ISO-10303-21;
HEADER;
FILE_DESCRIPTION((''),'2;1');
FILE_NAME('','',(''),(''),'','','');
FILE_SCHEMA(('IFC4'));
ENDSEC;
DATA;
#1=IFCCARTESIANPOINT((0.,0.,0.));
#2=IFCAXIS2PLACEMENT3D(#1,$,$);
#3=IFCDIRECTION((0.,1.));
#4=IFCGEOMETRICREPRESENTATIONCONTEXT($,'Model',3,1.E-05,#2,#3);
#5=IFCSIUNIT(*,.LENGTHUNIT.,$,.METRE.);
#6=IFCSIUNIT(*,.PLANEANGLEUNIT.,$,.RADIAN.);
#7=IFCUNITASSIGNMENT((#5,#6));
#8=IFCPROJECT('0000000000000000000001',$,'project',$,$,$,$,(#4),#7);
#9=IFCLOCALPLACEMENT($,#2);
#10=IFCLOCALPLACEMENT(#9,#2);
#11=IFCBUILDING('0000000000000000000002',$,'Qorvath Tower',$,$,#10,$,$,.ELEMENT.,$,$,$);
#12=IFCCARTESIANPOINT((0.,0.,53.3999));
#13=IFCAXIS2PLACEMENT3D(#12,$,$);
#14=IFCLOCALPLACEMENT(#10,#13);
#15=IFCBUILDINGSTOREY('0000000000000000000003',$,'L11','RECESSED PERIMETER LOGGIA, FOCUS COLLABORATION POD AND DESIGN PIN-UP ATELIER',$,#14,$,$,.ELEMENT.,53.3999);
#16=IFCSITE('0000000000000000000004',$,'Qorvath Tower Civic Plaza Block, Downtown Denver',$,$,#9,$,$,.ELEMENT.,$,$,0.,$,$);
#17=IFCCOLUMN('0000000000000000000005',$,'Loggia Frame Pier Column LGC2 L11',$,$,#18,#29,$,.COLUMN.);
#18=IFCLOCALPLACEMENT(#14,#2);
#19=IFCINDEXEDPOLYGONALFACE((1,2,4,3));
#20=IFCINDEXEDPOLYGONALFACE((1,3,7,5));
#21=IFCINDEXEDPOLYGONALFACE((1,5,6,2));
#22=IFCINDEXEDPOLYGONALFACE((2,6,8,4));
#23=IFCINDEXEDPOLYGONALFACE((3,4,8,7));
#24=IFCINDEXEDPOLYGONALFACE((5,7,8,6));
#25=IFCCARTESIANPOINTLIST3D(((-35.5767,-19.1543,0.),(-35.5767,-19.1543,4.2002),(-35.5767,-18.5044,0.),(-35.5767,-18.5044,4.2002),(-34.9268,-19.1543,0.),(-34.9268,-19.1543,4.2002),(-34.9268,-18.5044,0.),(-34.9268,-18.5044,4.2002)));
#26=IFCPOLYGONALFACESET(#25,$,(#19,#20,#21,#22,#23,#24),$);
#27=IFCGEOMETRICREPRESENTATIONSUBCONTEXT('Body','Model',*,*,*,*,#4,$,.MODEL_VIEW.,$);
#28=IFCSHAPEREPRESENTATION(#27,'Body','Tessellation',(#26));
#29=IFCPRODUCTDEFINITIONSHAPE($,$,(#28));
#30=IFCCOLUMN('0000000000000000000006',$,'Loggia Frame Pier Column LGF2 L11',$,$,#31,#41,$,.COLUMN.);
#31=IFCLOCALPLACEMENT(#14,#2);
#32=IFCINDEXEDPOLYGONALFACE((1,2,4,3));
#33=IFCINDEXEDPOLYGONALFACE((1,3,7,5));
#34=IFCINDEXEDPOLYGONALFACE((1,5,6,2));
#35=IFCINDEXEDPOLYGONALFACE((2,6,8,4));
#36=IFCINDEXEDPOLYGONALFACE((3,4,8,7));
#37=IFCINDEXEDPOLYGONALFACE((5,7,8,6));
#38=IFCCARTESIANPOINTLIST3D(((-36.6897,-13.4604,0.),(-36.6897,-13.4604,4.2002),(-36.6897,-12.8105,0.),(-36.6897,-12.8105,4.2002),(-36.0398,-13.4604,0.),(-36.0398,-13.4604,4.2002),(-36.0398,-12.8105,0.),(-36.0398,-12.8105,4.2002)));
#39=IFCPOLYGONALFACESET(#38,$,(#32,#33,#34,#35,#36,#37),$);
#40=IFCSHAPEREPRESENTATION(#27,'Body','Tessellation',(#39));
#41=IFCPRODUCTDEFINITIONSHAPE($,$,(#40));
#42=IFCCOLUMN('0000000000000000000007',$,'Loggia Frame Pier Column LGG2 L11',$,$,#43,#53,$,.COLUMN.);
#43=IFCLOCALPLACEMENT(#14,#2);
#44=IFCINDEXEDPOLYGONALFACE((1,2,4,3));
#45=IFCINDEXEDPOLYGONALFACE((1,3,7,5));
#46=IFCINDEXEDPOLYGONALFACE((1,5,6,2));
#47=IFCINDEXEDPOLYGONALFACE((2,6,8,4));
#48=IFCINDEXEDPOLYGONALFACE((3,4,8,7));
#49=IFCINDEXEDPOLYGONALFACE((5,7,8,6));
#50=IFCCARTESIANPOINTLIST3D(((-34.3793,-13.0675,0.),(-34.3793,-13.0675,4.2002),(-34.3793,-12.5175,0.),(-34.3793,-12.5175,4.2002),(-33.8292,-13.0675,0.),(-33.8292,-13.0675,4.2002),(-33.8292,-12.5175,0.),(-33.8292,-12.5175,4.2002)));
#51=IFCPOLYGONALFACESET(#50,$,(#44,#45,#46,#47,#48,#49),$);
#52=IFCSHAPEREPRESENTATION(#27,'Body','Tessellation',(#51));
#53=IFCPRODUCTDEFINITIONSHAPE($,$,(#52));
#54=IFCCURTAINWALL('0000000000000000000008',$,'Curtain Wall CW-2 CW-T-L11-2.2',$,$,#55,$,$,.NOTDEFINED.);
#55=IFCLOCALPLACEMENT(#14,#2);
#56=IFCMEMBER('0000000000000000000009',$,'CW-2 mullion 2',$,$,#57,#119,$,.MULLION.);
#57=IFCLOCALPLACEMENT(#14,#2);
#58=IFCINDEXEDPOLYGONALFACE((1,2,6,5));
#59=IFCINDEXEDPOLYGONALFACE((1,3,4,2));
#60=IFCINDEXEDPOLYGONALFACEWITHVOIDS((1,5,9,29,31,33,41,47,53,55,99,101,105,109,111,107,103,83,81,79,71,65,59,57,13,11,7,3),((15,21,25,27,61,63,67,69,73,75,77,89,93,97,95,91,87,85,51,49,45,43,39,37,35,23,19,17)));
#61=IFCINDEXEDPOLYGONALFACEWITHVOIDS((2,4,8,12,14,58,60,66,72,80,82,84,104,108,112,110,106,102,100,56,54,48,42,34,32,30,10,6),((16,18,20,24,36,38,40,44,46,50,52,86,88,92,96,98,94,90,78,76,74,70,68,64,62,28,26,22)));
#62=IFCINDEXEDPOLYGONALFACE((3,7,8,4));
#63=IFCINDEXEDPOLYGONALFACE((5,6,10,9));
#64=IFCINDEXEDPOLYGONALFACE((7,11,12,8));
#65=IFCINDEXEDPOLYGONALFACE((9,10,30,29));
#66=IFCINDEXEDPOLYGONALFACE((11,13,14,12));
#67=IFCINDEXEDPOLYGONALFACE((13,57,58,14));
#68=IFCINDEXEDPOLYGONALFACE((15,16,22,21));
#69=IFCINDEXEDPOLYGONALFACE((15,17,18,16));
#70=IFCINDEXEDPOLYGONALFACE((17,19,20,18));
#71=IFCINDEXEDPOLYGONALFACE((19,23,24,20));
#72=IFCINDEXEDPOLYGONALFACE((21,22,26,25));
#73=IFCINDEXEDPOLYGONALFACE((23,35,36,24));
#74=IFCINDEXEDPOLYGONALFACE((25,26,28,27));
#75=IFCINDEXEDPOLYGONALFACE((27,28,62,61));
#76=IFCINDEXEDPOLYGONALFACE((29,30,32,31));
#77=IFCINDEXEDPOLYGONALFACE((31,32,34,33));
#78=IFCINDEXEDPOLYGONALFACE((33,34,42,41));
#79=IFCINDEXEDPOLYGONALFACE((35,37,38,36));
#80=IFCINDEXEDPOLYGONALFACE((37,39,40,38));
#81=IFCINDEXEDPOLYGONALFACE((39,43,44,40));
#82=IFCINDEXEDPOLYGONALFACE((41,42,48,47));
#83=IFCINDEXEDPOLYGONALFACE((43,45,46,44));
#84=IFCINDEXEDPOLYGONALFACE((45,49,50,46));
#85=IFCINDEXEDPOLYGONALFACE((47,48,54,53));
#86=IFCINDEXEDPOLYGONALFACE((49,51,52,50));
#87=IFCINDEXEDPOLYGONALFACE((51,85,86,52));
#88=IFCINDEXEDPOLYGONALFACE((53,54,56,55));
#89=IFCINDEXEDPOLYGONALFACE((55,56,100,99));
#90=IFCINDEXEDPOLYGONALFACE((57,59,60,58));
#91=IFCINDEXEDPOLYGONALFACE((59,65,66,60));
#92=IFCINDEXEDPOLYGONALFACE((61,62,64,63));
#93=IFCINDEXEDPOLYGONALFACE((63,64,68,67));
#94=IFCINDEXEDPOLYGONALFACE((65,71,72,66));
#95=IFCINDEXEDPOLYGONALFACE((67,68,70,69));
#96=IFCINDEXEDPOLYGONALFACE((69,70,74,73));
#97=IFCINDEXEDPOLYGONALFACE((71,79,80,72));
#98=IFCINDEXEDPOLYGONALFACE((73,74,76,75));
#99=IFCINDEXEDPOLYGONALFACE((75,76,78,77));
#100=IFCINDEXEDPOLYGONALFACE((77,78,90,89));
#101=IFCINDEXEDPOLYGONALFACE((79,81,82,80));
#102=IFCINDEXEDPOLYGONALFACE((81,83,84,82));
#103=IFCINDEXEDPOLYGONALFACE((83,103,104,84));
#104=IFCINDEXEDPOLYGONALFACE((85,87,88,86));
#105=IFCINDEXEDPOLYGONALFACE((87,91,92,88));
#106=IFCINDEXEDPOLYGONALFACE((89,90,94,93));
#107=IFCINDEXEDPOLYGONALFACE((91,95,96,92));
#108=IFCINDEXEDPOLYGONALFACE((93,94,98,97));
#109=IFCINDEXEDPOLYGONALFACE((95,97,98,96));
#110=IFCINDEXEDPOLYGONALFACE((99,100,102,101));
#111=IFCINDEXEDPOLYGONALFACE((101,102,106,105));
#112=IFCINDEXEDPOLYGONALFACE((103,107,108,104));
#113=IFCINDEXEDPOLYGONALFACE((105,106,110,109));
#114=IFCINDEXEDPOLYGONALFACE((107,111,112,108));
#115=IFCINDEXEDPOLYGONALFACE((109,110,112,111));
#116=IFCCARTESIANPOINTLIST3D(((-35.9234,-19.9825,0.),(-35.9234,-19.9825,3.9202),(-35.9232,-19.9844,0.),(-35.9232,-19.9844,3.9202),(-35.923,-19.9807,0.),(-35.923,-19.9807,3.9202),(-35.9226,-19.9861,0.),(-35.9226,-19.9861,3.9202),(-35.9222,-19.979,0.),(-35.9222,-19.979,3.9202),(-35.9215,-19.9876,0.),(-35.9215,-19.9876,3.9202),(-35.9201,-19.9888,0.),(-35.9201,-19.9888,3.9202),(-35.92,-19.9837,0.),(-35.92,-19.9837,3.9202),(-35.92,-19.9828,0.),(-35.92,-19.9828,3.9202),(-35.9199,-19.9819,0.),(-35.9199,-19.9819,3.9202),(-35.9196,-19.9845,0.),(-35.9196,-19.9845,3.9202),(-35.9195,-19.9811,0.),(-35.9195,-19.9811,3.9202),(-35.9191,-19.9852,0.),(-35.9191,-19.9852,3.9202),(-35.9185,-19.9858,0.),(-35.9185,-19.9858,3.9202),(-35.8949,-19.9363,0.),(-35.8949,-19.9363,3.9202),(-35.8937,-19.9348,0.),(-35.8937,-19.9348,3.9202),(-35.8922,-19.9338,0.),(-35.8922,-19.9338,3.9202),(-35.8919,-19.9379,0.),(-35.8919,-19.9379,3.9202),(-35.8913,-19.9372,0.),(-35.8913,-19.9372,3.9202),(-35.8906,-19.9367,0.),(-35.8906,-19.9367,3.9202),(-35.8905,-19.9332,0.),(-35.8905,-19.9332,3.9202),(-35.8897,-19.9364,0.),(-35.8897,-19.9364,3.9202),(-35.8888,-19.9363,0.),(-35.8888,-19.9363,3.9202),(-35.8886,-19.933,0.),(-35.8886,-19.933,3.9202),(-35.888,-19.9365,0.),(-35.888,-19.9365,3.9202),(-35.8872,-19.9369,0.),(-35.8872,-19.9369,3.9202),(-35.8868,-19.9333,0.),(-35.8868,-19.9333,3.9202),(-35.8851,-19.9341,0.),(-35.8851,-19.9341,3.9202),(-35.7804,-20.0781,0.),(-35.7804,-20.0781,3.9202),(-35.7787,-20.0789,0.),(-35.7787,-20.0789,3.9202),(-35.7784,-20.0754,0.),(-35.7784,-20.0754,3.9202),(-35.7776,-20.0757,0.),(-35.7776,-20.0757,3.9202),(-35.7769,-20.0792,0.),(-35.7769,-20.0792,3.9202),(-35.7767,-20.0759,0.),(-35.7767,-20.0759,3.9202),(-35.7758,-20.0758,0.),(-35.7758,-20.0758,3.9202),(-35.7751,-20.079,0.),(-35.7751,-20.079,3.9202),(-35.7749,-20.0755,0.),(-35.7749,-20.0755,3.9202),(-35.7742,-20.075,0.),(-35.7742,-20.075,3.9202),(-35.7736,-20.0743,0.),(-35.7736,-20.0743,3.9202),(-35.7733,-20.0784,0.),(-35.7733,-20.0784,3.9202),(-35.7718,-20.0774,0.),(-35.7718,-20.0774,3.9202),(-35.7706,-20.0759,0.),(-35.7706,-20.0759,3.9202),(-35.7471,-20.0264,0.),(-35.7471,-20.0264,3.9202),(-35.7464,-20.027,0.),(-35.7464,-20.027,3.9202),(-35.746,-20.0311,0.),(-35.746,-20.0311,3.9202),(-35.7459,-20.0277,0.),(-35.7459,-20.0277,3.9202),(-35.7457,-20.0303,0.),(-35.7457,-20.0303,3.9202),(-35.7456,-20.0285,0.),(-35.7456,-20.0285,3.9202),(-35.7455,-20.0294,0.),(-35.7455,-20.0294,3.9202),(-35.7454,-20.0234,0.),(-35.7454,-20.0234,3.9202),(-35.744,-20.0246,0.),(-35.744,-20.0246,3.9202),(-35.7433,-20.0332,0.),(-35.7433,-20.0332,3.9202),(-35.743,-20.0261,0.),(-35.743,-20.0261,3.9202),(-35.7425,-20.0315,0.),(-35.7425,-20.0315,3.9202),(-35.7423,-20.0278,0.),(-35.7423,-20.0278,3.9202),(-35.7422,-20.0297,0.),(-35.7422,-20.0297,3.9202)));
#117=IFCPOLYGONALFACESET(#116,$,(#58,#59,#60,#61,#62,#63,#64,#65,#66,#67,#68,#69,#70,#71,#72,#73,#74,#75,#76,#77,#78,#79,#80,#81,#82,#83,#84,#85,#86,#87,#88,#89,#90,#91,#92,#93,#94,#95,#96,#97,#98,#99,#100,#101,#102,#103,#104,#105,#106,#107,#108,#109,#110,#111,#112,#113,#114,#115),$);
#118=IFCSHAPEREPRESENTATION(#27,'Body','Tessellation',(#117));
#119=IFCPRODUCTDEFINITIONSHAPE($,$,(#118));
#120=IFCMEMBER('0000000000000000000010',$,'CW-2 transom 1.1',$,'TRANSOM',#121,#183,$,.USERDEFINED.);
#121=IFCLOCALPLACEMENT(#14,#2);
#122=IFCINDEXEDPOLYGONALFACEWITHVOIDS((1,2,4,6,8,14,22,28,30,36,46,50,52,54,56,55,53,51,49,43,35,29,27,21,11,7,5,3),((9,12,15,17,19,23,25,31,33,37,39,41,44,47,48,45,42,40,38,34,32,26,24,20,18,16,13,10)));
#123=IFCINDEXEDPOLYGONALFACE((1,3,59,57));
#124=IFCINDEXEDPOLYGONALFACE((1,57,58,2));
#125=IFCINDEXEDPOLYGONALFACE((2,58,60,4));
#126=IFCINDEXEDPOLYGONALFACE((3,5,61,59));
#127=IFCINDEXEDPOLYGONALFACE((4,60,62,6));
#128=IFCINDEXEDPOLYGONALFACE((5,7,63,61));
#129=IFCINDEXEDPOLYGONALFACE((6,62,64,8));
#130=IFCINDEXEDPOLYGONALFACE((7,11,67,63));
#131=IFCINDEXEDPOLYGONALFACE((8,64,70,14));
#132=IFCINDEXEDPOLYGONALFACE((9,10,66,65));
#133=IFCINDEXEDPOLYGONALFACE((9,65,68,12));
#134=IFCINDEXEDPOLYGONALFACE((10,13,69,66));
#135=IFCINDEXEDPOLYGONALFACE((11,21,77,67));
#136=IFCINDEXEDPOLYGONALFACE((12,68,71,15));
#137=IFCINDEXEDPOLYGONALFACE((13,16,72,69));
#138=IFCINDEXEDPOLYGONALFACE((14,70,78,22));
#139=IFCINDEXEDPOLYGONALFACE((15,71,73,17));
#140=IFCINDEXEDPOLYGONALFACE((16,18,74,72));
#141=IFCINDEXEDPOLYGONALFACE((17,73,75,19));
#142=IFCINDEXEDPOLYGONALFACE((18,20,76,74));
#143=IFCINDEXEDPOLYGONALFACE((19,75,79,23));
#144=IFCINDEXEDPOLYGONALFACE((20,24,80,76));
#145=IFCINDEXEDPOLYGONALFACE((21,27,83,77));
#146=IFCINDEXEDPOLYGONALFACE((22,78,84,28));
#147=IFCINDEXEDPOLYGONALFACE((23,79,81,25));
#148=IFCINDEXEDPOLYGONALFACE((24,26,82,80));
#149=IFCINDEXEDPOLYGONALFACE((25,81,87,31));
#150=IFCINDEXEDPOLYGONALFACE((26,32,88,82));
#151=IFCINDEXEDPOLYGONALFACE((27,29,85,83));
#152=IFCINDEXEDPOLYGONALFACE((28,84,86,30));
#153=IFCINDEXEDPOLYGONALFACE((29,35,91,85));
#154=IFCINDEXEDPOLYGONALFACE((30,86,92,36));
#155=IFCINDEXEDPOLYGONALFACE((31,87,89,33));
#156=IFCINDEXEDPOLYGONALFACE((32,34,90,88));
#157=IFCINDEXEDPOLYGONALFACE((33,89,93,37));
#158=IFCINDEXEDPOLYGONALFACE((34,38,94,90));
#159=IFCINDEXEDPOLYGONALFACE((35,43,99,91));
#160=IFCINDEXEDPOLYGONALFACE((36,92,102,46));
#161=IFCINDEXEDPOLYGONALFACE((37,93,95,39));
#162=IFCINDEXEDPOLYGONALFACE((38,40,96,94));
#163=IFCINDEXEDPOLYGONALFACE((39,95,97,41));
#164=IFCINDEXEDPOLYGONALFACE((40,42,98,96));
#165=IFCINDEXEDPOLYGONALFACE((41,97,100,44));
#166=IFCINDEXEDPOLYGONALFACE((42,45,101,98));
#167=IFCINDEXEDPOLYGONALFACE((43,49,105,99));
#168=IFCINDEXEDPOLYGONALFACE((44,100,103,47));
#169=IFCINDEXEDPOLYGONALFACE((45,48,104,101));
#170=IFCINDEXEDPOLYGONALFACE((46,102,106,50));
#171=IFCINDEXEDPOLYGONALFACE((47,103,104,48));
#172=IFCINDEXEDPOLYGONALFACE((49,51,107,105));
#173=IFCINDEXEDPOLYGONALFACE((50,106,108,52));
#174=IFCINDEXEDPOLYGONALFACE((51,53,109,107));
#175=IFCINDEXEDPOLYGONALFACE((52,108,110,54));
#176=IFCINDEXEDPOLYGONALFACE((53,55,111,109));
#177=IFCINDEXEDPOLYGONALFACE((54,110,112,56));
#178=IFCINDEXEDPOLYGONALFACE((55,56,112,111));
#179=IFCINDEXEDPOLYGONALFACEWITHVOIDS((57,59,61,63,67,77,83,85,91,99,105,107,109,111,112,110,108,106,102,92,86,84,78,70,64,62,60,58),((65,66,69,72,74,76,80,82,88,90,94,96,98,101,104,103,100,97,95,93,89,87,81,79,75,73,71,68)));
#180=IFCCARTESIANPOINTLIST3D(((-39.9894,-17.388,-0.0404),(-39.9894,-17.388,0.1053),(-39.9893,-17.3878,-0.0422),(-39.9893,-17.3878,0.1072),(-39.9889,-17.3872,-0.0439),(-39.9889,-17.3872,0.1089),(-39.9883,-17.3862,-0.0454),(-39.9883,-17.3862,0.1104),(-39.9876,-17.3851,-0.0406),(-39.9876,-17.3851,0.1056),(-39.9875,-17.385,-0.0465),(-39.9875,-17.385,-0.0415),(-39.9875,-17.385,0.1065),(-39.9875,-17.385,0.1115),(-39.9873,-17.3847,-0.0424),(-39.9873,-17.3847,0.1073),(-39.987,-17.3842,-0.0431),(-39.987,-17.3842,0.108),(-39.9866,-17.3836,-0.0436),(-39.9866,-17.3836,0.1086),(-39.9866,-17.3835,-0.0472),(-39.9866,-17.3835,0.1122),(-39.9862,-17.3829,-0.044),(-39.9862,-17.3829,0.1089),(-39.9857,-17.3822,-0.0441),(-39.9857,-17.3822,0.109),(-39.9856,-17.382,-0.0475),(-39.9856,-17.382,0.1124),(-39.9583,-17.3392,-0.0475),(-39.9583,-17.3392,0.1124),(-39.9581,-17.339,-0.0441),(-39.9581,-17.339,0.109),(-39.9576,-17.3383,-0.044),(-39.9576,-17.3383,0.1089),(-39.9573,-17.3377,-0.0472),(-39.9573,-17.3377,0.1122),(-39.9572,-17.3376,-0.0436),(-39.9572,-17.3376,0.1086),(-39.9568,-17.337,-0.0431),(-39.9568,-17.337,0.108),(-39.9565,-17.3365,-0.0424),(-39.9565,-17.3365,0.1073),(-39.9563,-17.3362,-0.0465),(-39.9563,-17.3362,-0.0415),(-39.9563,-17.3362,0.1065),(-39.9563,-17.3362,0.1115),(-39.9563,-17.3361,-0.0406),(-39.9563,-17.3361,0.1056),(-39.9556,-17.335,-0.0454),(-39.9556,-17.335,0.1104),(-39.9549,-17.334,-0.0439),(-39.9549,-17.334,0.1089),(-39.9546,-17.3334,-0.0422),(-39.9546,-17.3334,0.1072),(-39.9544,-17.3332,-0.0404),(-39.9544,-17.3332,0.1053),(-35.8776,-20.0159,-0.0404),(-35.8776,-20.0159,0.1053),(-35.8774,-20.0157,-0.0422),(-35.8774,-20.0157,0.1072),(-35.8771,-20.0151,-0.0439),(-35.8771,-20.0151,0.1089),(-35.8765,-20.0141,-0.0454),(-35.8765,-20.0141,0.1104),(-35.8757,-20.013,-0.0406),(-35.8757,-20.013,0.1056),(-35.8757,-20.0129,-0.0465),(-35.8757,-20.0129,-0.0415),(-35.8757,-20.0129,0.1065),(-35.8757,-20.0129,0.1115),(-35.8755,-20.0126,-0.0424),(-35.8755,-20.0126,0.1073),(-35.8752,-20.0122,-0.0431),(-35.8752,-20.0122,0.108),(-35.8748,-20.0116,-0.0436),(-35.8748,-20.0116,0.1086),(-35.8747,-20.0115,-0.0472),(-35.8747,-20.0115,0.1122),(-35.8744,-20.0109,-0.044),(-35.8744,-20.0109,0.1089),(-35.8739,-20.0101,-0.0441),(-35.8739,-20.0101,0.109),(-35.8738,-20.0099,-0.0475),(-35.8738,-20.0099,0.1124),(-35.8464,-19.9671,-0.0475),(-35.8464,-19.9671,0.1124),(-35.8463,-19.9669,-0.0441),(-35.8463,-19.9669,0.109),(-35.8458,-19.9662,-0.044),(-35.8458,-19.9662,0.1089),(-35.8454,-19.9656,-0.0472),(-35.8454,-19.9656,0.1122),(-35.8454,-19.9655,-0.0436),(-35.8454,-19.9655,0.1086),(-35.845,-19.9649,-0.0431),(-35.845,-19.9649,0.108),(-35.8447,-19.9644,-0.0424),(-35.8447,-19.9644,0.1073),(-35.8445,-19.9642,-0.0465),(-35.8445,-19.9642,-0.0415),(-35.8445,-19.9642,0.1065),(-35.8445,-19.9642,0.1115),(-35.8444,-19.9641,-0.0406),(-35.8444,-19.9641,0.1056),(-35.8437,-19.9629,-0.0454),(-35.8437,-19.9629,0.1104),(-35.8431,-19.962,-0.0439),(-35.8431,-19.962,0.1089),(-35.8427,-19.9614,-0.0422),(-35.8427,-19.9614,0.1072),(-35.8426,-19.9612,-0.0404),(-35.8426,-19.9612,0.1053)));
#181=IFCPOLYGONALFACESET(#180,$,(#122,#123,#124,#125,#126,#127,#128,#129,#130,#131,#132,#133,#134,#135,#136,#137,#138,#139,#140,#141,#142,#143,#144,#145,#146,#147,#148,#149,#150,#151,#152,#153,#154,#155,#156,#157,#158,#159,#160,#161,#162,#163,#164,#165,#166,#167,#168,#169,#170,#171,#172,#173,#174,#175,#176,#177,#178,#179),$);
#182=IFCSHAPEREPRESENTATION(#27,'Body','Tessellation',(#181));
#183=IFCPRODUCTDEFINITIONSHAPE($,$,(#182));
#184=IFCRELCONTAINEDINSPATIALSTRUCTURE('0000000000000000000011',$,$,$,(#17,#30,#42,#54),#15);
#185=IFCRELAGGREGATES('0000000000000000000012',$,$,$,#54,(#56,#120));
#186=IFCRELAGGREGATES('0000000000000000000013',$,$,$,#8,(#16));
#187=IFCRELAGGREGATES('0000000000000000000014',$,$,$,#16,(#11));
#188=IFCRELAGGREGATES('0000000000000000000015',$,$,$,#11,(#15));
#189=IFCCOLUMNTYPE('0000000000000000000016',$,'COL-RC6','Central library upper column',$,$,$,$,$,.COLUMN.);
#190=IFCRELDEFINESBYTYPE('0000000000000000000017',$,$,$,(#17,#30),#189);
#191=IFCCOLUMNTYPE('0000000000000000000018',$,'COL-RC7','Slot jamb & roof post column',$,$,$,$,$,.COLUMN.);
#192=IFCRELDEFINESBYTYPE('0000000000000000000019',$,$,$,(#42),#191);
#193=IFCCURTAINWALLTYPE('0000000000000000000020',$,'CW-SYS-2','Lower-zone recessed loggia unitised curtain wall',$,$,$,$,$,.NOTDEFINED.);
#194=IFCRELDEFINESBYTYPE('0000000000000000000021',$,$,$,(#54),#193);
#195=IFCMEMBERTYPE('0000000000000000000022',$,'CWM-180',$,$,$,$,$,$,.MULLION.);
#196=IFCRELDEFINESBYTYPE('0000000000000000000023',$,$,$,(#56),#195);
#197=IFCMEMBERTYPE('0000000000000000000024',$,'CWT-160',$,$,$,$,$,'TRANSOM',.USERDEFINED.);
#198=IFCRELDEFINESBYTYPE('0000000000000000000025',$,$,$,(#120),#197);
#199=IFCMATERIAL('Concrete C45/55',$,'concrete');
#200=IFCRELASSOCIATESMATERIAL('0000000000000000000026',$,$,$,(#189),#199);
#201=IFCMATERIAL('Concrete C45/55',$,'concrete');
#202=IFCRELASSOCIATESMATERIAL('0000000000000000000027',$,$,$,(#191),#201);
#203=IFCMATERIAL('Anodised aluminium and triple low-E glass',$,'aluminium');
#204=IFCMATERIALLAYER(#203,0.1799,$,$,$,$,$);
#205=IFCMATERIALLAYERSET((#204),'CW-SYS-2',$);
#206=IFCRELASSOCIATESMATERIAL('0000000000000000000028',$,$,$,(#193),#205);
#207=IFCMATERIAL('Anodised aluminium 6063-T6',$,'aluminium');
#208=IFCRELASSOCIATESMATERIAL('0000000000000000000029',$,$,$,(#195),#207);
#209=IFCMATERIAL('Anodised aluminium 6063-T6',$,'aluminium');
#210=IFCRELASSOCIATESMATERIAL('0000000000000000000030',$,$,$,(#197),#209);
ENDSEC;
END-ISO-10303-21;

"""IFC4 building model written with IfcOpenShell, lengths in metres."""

from ifc_helpers import new_model, si_unit, direction, frame, origin, origin_2d, place, context, subcontext, project, spatial, rectangle, hollow_rectangle, extrude, material, layer, layer_set, material_profile, profile_set, type_object, element, aggregate, save


model = new_model("IFC4")

# Units and contexts
model_context = context("Model", 3, precision=1e-05, world=origin(), true_north=direction((0.0, 1.0)))
body_context = subcontext(model_context, "Body", "Model", "MODEL_VIEW")
ifc_project = project(units=[si_unit("LENGTHUNIT", "METRE"), si_unit("PLANEANGLEUNIT", "RADIAN")], contexts=[model_context])

# Site, building, storey
site_placement = place(None, origin())
site = spatial("IfcSite", under=ifc_project, at=site_placement, Name="Qorvath Tower Civic Plaza Block, Downtown Denver", CompositionType="ELEMENT", RefElevation=0.0)
building_placement = place(site_placement, origin())
building = spatial("IfcBuilding", under=site, at=building_placement, Name="Qorvath Tower", CompositionType="ELEMENT")
storey_placement = place(building_placement, frame((0.0, 0.0, 53.3999)))
storey = spatial("IfcBuildingStorey", under=building, at=storey_placement, Name="L11", Description="RECESSED PERIMETER LOGGIA, FOCUS COLLABORATION POD AND DESIGN PIN-UP ATELIER", CompositionType="ELEMENT", Elevation=53.3999)

# Columns
ifc_material_1 = material(Name="Concrete C45/55", Category="concrete")
ifc_material_profile_1 = material_profile(ifc_material_1, rectangle(XDim=0.6499, YDim=0.6499, at=origin_2d()), Name="RC 650x650")
ifc_profile_set_1 = profile_set([ifc_material_profile_1], Name="Concrete C45/55")
column_type_1 = type_object("IfcColumnType", Name="COL-RC6", Description="Central library upper column", PredefinedType="COLUMN", material=ifc_profile_set_1)
for number, where, z_axis, x_axis, name in (
    (1, (-35.2517, -18.8293, 0.0), (0.0, 0.0, 1.0), (1.0, 0.0, 0.0), "Loggia Frame Pier Column LGC2 L11"),
    (2, (-36.3647, -13.1355, 0.0), (0.0, 0.0, 1.0), (1.0, 0.0, 0.0), "Loggia Frame Pier Column LGF2 L11"),
):
    element("IfcColumn", number, at=place(storey_placement, frame(where, z_axis=z_axis, x_axis=x_axis)), inside=storey, type_object=column_type_1, Name=name, PredefinedType="COLUMN", context=body_context, shape_type="SweptSolid", body=[
        extrude(rectangle(XDim=0.6499, YDim=0.6499, at=origin_2d()), origin(), (0.0, 0.0, 1.0), 4.2002),
    ])
ifc_material_2 = material(Name="Concrete C45/55", Category="concrete")
ifc_material_profile_2 = material_profile(ifc_material_2, rectangle(XDim=0.55, YDim=0.55, at=origin_2d()), Name="RC 550x550")
ifc_profile_set_2 = profile_set([ifc_material_profile_2], Name="Concrete C45/55")
column_type_2 = type_object("IfcColumnType", Name="COL-RC7", Description="Slot jamb & roof post column", PredefinedType="COLUMN", material=ifc_profile_set_2)
column_placement = place(storey_placement, frame((-34.1042, -12.7925, 0.0), z_axis=(0.0, 0.0, 1.0), x_axis=(1.0, 0.0, 0.0)))
element("IfcColumn", 3, at=column_placement, inside=storey, type_object=column_type_2, Name="Loggia Frame Pier Column LGG2 L11", PredefinedType="COLUMN", context=body_context, shape_type="SweptSolid", body=[
    extrude(rectangle(XDim=0.55, YDim=0.55, at=origin_2d()), origin(), (0.0, 0.0, 1.0), 4.2002),
])

# Curtain wall, members
ifc_material_3 = material(Name="Anodised aluminium and triple low-E glass", Category="aluminium")
ifc_layer_1 = layer(ifc_material_3, 0.1799)
ifc_layer_set_1 = layer_set([ifc_layer_1], Name="CW-SYS-2")
curtain_wall_type = type_object("IfcCurtainWallType", Name="CW-SYS-2", Description="Lower-zone recessed loggia unitised curtain wall", PredefinedType="NOTDEFINED", material=ifc_layer_set_1)
curtain_wall_placement = place(storey_placement, origin())
curtain_wall = element("IfcCurtainWall", 4, at=curtain_wall_placement, inside=storey, type_object=curtain_wall_type, Name="Curtain Wall CW-2 CW-T-L11-2.2", PredefinedType="NOTDEFINED")
ifc_material_4 = material(Name="Anodised aluminium 6063-T6", Category="aluminium")
ifc_material_profile_3 = material_profile(ifc_material_4, hollow_rectangle(XDim=0.0649, YDim=0.1799, WallThickness=0.0034, InnerFilletRadius=0.0034, OuterFilletRadius=0.0071, at=origin_2d()), Name="CWM 180x65")
ifc_profile_set_3 = profile_set([ifc_material_profile_3], Name="Anodised aluminium 6063-T6")
member_type_1 = type_object("IfcMemberType", Name="CWM-180", PredefinedType="MULLION", material=ifc_profile_set_3)
member_1_placement = place(storey_placement, frame((-35.8328, -20.0061, 0.0), z_axis=(0.0, 0.0, 1.0), x_axis=(0.538537, 0.842602, 0.0)))
member_1 = element("IfcMember", 5, at=member_1_placement, type_object=member_type_1, Name="CW-2 mullion 2", PredefinedType="MULLION", context=body_context, shape_type="SweptSolid", body=[
    extrude(hollow_rectangle(XDim=0.0649, YDim=0.1799, WallThickness=0.0034, InnerFilletRadius=0.0034, OuterFilletRadius=0.0071, at=origin_2d()), origin(), (0.0, 0.0, 1.0), 3.9202),
])
ifc_material_5 = material(Name="Anodised aluminium 6063-T6", Category="aluminium")
ifc_material_profile_4 = material_profile(ifc_material_5, hollow_rectangle(XDim=0.0649, YDim=0.1599, WallThickness=0.0034, InnerFilletRadius=0.0034, OuterFilletRadius=0.0071, at=origin_2d()), Name="CWT 160x65")
ifc_profile_set_4 = profile_set([ifc_material_profile_4], Name="Anodised aluminium 6063-T6")
member_type_2 = type_object("IfcMemberType", Name="CWT-160", ElementType="TRANSOM", PredefinedType="USERDEFINED", material=ifc_profile_set_4)
member_2_placement = place(storey_placement, frame((-39.9719, -17.3606, 0.0325), z_axis=(0.842609, -0.538525, 0.0), x_axis=(0.538525, 0.842609, 0.0)))
member_2 = element("IfcMember", 6, at=member_2_placement, type_object=member_type_2, Name="CW-2 transom 1.1", ObjectType="TRANSOM", PredefinedType="USERDEFINED", context=body_context, shape_type="SweptSolid", body=[
    extrude(hollow_rectangle(XDim=0.0649, YDim=0.1599, WallThickness=0.0034, InnerFilletRadius=0.0034, OuterFilletRadius=0.0071, at=origin_2d()), origin(), (0.0, 0.0, 1.0), 4.8799),
])
aggregate(curtain_wall, [member_1, member_2])

save(model, "model.ifc")
